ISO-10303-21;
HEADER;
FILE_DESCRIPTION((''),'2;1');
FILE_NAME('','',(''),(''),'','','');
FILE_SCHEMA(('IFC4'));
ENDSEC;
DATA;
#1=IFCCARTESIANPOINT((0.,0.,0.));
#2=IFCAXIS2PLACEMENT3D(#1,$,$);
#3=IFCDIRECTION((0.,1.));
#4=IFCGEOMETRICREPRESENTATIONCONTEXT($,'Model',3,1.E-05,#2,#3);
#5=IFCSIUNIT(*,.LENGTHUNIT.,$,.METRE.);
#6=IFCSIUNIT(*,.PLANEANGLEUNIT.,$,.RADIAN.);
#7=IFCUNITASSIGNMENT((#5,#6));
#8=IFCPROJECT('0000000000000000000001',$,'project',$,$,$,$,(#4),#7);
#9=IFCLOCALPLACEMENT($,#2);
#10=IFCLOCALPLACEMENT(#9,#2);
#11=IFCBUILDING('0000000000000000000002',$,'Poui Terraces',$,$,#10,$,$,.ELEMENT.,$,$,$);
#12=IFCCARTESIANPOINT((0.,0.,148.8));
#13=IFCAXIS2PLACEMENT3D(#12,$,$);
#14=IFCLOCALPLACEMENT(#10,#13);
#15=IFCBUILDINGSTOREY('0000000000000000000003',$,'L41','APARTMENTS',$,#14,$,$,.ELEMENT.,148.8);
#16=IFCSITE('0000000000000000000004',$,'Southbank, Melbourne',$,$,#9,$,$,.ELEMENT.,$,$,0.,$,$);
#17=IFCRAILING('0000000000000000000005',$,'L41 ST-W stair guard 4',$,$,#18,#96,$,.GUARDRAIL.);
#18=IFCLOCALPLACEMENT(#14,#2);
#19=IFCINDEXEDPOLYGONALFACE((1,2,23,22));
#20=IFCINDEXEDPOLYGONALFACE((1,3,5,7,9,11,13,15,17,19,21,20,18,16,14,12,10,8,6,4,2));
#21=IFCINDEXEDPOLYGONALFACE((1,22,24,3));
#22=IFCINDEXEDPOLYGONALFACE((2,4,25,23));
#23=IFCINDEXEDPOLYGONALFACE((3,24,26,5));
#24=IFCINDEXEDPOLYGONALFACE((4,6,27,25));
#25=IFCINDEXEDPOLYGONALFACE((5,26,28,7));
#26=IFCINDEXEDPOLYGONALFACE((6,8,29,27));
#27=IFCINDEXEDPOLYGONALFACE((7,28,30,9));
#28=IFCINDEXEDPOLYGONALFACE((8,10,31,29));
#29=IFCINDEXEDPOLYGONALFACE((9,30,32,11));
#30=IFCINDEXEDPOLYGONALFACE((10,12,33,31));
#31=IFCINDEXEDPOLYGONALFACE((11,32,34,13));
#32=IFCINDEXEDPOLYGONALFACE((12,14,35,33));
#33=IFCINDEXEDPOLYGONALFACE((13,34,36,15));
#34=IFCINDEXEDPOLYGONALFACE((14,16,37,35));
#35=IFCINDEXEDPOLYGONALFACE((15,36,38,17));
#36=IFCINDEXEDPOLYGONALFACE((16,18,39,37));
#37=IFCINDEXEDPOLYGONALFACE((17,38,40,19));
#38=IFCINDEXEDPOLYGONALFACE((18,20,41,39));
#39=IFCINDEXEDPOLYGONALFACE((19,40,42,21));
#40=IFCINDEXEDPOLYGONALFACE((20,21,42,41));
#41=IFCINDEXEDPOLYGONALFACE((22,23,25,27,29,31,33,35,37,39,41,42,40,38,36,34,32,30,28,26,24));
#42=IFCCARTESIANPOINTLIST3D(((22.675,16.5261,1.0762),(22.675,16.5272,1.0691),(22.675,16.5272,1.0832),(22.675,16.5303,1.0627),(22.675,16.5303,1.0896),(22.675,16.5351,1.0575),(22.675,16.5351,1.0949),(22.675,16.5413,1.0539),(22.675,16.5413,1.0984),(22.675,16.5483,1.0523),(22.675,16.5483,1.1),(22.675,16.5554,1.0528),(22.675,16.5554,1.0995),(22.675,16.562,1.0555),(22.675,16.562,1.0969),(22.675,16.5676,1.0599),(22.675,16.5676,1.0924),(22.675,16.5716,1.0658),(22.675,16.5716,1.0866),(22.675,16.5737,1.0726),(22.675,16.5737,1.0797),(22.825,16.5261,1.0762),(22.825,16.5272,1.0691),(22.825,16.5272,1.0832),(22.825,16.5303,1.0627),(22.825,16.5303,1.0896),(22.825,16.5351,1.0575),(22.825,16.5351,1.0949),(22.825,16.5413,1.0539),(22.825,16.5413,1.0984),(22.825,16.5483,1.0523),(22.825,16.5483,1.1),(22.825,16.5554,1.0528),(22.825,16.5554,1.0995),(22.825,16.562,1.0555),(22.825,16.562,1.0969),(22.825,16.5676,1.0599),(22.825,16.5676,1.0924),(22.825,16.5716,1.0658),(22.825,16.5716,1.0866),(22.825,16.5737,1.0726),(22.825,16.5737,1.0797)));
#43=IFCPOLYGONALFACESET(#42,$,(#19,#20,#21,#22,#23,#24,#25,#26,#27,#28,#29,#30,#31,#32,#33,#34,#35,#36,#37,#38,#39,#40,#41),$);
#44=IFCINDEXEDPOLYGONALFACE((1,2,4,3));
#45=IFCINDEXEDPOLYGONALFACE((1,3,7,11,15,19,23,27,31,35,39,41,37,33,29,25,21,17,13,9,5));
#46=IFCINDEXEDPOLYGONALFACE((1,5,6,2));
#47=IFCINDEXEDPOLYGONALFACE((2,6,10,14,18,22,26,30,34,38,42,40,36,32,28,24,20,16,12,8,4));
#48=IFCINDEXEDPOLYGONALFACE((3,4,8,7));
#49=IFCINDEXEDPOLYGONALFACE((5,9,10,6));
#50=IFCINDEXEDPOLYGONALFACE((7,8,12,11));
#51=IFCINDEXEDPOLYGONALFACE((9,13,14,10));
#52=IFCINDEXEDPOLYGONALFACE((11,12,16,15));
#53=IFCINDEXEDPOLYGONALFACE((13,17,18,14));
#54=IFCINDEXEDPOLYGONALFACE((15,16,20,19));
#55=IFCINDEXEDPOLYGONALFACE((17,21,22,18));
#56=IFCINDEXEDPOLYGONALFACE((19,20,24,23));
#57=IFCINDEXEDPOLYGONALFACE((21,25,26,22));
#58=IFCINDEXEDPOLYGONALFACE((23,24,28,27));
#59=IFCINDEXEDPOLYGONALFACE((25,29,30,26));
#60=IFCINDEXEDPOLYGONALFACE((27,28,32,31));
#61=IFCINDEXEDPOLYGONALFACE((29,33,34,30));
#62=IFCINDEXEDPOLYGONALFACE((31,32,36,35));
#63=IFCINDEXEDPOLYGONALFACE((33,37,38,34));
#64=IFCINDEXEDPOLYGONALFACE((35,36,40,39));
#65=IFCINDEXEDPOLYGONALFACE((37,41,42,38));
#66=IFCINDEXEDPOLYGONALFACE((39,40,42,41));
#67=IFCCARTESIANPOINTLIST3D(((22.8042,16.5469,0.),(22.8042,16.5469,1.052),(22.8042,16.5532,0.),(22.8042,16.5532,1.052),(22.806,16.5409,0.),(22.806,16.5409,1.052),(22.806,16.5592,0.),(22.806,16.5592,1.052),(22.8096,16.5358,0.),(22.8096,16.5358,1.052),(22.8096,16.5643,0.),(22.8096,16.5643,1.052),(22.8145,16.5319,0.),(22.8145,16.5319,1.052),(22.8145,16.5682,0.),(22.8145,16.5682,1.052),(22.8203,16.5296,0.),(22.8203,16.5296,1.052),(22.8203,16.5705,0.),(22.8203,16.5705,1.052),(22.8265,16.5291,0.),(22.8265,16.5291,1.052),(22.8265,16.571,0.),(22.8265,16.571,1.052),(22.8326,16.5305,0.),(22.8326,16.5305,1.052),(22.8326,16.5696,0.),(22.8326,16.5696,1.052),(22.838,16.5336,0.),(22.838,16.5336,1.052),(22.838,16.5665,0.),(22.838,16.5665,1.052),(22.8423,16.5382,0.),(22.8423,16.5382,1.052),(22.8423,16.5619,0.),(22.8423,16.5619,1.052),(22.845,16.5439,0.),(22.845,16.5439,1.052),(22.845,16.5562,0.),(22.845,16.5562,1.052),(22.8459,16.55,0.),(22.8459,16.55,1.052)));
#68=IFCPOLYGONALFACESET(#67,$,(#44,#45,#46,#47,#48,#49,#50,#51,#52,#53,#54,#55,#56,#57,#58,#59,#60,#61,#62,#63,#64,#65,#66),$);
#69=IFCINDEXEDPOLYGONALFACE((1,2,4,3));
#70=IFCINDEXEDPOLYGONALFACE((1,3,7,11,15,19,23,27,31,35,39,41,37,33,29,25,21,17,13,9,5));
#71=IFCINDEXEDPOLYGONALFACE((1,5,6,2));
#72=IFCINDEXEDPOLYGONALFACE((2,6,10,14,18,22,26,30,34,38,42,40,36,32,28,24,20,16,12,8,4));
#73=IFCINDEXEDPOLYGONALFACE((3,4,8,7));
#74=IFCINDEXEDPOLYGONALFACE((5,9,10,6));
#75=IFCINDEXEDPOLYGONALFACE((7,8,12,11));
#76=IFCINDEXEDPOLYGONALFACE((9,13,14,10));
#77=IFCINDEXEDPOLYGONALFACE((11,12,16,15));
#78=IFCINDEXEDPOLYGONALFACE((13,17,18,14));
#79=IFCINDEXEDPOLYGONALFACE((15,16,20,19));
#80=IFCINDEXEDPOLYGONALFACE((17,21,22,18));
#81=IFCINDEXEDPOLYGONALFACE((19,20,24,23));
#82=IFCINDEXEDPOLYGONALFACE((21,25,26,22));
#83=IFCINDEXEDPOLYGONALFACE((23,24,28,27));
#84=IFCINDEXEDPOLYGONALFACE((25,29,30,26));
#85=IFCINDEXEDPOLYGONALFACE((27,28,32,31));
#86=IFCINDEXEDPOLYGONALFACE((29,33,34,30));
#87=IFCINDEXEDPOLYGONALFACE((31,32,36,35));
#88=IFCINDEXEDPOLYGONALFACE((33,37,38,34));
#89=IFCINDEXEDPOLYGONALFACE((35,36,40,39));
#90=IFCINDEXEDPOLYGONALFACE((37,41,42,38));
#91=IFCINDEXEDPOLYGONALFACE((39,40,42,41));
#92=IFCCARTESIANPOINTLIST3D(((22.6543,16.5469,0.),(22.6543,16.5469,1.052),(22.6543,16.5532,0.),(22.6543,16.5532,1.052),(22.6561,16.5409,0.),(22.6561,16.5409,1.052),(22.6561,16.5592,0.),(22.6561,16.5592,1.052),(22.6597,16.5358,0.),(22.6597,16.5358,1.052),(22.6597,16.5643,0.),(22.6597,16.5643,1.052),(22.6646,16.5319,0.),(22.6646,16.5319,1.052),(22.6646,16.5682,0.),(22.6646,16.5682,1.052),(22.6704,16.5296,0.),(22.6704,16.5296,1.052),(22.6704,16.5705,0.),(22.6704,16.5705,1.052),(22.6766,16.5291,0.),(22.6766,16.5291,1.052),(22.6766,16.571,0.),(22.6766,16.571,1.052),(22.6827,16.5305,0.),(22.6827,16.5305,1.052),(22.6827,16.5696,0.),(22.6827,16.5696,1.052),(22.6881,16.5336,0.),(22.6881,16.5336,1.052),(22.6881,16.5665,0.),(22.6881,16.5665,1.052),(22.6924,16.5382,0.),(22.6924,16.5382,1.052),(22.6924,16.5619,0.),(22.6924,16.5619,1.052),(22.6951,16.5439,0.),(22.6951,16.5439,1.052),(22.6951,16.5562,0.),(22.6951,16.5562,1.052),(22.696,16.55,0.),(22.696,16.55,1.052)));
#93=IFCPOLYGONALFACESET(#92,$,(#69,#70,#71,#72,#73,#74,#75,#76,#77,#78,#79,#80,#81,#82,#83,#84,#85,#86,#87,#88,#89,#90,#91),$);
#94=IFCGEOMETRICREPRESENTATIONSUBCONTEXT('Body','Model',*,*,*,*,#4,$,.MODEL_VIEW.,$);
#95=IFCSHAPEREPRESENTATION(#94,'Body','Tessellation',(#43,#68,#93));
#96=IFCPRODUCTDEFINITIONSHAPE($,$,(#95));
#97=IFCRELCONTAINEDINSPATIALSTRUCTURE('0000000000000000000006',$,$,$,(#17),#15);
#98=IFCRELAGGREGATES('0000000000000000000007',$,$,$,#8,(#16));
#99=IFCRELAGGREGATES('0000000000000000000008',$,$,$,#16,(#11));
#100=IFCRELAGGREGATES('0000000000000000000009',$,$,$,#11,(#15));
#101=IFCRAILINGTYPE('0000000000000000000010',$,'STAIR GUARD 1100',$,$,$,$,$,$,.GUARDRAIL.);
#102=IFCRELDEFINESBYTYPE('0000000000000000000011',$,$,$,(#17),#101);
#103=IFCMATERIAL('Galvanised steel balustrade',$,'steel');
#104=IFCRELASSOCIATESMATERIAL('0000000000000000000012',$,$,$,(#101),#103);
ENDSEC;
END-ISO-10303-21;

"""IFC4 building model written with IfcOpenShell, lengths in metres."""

from ifc_helpers import new_model, si_unit, direction, frame, origin, origin_2d, place, context, subcontext, project, spatial, circle, extrude, material, type_object, element, save


model = new_model("IFC4")

# Units and contexts
model_context = context("Model", 3, precision=1e-05, world=origin(), true_north=direction((0.0, 1.0)))
body_context = subcontext(model_context, "Body", "Model", "MODEL_VIEW")
ifc_project = project(units=[si_unit("LENGTHUNIT", "METRE"), si_unit("PLANEANGLEUNIT", "RADIAN")], contexts=[model_context])

# Site, building, storey
site_placement = place(None, origin())
site = spatial("IfcSite", under=ifc_project, at=site_placement, Name="Southbank, Melbourne", CompositionType="ELEMENT", RefElevation=0.0)
building_placement = place(site_placement, origin())
building = spatial("IfcBuilding", under=site, at=building_placement, Name="Poui Terraces", CompositionType="ELEMENT")
storey_placement = place(building_placement, frame((0.0, 0.0, 148.8)))
storey = spatial("IfcBuildingStorey", under=building, at=storey_placement, Name="L41", Description="APARTMENTS", CompositionType="ELEMENT", Elevation=148.8)

# Railing
ifc_material_1 = material(Name="Galvanised steel balustrade", Category="steel")
railing_type = type_object("IfcRailingType", Name="STAIR GUARD 1100", PredefinedType="GUARDRAIL", material=ifc_material_1)
railing_1_placement = place(storey_placement, frame((22.825, 16.55, 0.0)))
element("IfcRailing", 1, at=railing_1_placement, inside=storey, type_object=railing_type, Name="L41 ST-W stair guard 4", PredefinedType="GUARDRAIL", context=body_context, shape_type="SweptSolid", body=[
    extrude(circle(Radius=0.0239, at=origin_2d()), frame((0.0, 0.0, 1.0762), z_axis=(-1.0, 0.0, 0.0), x_axis=(0.0, -1.0, 0.0)), (0.0, 0.0, 1.0), 0.1499),
    extrude(circle(Radius=0.021, at=origin_2d()), origin(), (0.0, 0.0, 1.0), 1.052),
    extrude(circle(Radius=0.021, at=origin_2d()), frame((-0.1499, 0.0, 0.0)), (0.0, 0.0, 1.0), 1.052),
])

save(model, "model.ifc")
